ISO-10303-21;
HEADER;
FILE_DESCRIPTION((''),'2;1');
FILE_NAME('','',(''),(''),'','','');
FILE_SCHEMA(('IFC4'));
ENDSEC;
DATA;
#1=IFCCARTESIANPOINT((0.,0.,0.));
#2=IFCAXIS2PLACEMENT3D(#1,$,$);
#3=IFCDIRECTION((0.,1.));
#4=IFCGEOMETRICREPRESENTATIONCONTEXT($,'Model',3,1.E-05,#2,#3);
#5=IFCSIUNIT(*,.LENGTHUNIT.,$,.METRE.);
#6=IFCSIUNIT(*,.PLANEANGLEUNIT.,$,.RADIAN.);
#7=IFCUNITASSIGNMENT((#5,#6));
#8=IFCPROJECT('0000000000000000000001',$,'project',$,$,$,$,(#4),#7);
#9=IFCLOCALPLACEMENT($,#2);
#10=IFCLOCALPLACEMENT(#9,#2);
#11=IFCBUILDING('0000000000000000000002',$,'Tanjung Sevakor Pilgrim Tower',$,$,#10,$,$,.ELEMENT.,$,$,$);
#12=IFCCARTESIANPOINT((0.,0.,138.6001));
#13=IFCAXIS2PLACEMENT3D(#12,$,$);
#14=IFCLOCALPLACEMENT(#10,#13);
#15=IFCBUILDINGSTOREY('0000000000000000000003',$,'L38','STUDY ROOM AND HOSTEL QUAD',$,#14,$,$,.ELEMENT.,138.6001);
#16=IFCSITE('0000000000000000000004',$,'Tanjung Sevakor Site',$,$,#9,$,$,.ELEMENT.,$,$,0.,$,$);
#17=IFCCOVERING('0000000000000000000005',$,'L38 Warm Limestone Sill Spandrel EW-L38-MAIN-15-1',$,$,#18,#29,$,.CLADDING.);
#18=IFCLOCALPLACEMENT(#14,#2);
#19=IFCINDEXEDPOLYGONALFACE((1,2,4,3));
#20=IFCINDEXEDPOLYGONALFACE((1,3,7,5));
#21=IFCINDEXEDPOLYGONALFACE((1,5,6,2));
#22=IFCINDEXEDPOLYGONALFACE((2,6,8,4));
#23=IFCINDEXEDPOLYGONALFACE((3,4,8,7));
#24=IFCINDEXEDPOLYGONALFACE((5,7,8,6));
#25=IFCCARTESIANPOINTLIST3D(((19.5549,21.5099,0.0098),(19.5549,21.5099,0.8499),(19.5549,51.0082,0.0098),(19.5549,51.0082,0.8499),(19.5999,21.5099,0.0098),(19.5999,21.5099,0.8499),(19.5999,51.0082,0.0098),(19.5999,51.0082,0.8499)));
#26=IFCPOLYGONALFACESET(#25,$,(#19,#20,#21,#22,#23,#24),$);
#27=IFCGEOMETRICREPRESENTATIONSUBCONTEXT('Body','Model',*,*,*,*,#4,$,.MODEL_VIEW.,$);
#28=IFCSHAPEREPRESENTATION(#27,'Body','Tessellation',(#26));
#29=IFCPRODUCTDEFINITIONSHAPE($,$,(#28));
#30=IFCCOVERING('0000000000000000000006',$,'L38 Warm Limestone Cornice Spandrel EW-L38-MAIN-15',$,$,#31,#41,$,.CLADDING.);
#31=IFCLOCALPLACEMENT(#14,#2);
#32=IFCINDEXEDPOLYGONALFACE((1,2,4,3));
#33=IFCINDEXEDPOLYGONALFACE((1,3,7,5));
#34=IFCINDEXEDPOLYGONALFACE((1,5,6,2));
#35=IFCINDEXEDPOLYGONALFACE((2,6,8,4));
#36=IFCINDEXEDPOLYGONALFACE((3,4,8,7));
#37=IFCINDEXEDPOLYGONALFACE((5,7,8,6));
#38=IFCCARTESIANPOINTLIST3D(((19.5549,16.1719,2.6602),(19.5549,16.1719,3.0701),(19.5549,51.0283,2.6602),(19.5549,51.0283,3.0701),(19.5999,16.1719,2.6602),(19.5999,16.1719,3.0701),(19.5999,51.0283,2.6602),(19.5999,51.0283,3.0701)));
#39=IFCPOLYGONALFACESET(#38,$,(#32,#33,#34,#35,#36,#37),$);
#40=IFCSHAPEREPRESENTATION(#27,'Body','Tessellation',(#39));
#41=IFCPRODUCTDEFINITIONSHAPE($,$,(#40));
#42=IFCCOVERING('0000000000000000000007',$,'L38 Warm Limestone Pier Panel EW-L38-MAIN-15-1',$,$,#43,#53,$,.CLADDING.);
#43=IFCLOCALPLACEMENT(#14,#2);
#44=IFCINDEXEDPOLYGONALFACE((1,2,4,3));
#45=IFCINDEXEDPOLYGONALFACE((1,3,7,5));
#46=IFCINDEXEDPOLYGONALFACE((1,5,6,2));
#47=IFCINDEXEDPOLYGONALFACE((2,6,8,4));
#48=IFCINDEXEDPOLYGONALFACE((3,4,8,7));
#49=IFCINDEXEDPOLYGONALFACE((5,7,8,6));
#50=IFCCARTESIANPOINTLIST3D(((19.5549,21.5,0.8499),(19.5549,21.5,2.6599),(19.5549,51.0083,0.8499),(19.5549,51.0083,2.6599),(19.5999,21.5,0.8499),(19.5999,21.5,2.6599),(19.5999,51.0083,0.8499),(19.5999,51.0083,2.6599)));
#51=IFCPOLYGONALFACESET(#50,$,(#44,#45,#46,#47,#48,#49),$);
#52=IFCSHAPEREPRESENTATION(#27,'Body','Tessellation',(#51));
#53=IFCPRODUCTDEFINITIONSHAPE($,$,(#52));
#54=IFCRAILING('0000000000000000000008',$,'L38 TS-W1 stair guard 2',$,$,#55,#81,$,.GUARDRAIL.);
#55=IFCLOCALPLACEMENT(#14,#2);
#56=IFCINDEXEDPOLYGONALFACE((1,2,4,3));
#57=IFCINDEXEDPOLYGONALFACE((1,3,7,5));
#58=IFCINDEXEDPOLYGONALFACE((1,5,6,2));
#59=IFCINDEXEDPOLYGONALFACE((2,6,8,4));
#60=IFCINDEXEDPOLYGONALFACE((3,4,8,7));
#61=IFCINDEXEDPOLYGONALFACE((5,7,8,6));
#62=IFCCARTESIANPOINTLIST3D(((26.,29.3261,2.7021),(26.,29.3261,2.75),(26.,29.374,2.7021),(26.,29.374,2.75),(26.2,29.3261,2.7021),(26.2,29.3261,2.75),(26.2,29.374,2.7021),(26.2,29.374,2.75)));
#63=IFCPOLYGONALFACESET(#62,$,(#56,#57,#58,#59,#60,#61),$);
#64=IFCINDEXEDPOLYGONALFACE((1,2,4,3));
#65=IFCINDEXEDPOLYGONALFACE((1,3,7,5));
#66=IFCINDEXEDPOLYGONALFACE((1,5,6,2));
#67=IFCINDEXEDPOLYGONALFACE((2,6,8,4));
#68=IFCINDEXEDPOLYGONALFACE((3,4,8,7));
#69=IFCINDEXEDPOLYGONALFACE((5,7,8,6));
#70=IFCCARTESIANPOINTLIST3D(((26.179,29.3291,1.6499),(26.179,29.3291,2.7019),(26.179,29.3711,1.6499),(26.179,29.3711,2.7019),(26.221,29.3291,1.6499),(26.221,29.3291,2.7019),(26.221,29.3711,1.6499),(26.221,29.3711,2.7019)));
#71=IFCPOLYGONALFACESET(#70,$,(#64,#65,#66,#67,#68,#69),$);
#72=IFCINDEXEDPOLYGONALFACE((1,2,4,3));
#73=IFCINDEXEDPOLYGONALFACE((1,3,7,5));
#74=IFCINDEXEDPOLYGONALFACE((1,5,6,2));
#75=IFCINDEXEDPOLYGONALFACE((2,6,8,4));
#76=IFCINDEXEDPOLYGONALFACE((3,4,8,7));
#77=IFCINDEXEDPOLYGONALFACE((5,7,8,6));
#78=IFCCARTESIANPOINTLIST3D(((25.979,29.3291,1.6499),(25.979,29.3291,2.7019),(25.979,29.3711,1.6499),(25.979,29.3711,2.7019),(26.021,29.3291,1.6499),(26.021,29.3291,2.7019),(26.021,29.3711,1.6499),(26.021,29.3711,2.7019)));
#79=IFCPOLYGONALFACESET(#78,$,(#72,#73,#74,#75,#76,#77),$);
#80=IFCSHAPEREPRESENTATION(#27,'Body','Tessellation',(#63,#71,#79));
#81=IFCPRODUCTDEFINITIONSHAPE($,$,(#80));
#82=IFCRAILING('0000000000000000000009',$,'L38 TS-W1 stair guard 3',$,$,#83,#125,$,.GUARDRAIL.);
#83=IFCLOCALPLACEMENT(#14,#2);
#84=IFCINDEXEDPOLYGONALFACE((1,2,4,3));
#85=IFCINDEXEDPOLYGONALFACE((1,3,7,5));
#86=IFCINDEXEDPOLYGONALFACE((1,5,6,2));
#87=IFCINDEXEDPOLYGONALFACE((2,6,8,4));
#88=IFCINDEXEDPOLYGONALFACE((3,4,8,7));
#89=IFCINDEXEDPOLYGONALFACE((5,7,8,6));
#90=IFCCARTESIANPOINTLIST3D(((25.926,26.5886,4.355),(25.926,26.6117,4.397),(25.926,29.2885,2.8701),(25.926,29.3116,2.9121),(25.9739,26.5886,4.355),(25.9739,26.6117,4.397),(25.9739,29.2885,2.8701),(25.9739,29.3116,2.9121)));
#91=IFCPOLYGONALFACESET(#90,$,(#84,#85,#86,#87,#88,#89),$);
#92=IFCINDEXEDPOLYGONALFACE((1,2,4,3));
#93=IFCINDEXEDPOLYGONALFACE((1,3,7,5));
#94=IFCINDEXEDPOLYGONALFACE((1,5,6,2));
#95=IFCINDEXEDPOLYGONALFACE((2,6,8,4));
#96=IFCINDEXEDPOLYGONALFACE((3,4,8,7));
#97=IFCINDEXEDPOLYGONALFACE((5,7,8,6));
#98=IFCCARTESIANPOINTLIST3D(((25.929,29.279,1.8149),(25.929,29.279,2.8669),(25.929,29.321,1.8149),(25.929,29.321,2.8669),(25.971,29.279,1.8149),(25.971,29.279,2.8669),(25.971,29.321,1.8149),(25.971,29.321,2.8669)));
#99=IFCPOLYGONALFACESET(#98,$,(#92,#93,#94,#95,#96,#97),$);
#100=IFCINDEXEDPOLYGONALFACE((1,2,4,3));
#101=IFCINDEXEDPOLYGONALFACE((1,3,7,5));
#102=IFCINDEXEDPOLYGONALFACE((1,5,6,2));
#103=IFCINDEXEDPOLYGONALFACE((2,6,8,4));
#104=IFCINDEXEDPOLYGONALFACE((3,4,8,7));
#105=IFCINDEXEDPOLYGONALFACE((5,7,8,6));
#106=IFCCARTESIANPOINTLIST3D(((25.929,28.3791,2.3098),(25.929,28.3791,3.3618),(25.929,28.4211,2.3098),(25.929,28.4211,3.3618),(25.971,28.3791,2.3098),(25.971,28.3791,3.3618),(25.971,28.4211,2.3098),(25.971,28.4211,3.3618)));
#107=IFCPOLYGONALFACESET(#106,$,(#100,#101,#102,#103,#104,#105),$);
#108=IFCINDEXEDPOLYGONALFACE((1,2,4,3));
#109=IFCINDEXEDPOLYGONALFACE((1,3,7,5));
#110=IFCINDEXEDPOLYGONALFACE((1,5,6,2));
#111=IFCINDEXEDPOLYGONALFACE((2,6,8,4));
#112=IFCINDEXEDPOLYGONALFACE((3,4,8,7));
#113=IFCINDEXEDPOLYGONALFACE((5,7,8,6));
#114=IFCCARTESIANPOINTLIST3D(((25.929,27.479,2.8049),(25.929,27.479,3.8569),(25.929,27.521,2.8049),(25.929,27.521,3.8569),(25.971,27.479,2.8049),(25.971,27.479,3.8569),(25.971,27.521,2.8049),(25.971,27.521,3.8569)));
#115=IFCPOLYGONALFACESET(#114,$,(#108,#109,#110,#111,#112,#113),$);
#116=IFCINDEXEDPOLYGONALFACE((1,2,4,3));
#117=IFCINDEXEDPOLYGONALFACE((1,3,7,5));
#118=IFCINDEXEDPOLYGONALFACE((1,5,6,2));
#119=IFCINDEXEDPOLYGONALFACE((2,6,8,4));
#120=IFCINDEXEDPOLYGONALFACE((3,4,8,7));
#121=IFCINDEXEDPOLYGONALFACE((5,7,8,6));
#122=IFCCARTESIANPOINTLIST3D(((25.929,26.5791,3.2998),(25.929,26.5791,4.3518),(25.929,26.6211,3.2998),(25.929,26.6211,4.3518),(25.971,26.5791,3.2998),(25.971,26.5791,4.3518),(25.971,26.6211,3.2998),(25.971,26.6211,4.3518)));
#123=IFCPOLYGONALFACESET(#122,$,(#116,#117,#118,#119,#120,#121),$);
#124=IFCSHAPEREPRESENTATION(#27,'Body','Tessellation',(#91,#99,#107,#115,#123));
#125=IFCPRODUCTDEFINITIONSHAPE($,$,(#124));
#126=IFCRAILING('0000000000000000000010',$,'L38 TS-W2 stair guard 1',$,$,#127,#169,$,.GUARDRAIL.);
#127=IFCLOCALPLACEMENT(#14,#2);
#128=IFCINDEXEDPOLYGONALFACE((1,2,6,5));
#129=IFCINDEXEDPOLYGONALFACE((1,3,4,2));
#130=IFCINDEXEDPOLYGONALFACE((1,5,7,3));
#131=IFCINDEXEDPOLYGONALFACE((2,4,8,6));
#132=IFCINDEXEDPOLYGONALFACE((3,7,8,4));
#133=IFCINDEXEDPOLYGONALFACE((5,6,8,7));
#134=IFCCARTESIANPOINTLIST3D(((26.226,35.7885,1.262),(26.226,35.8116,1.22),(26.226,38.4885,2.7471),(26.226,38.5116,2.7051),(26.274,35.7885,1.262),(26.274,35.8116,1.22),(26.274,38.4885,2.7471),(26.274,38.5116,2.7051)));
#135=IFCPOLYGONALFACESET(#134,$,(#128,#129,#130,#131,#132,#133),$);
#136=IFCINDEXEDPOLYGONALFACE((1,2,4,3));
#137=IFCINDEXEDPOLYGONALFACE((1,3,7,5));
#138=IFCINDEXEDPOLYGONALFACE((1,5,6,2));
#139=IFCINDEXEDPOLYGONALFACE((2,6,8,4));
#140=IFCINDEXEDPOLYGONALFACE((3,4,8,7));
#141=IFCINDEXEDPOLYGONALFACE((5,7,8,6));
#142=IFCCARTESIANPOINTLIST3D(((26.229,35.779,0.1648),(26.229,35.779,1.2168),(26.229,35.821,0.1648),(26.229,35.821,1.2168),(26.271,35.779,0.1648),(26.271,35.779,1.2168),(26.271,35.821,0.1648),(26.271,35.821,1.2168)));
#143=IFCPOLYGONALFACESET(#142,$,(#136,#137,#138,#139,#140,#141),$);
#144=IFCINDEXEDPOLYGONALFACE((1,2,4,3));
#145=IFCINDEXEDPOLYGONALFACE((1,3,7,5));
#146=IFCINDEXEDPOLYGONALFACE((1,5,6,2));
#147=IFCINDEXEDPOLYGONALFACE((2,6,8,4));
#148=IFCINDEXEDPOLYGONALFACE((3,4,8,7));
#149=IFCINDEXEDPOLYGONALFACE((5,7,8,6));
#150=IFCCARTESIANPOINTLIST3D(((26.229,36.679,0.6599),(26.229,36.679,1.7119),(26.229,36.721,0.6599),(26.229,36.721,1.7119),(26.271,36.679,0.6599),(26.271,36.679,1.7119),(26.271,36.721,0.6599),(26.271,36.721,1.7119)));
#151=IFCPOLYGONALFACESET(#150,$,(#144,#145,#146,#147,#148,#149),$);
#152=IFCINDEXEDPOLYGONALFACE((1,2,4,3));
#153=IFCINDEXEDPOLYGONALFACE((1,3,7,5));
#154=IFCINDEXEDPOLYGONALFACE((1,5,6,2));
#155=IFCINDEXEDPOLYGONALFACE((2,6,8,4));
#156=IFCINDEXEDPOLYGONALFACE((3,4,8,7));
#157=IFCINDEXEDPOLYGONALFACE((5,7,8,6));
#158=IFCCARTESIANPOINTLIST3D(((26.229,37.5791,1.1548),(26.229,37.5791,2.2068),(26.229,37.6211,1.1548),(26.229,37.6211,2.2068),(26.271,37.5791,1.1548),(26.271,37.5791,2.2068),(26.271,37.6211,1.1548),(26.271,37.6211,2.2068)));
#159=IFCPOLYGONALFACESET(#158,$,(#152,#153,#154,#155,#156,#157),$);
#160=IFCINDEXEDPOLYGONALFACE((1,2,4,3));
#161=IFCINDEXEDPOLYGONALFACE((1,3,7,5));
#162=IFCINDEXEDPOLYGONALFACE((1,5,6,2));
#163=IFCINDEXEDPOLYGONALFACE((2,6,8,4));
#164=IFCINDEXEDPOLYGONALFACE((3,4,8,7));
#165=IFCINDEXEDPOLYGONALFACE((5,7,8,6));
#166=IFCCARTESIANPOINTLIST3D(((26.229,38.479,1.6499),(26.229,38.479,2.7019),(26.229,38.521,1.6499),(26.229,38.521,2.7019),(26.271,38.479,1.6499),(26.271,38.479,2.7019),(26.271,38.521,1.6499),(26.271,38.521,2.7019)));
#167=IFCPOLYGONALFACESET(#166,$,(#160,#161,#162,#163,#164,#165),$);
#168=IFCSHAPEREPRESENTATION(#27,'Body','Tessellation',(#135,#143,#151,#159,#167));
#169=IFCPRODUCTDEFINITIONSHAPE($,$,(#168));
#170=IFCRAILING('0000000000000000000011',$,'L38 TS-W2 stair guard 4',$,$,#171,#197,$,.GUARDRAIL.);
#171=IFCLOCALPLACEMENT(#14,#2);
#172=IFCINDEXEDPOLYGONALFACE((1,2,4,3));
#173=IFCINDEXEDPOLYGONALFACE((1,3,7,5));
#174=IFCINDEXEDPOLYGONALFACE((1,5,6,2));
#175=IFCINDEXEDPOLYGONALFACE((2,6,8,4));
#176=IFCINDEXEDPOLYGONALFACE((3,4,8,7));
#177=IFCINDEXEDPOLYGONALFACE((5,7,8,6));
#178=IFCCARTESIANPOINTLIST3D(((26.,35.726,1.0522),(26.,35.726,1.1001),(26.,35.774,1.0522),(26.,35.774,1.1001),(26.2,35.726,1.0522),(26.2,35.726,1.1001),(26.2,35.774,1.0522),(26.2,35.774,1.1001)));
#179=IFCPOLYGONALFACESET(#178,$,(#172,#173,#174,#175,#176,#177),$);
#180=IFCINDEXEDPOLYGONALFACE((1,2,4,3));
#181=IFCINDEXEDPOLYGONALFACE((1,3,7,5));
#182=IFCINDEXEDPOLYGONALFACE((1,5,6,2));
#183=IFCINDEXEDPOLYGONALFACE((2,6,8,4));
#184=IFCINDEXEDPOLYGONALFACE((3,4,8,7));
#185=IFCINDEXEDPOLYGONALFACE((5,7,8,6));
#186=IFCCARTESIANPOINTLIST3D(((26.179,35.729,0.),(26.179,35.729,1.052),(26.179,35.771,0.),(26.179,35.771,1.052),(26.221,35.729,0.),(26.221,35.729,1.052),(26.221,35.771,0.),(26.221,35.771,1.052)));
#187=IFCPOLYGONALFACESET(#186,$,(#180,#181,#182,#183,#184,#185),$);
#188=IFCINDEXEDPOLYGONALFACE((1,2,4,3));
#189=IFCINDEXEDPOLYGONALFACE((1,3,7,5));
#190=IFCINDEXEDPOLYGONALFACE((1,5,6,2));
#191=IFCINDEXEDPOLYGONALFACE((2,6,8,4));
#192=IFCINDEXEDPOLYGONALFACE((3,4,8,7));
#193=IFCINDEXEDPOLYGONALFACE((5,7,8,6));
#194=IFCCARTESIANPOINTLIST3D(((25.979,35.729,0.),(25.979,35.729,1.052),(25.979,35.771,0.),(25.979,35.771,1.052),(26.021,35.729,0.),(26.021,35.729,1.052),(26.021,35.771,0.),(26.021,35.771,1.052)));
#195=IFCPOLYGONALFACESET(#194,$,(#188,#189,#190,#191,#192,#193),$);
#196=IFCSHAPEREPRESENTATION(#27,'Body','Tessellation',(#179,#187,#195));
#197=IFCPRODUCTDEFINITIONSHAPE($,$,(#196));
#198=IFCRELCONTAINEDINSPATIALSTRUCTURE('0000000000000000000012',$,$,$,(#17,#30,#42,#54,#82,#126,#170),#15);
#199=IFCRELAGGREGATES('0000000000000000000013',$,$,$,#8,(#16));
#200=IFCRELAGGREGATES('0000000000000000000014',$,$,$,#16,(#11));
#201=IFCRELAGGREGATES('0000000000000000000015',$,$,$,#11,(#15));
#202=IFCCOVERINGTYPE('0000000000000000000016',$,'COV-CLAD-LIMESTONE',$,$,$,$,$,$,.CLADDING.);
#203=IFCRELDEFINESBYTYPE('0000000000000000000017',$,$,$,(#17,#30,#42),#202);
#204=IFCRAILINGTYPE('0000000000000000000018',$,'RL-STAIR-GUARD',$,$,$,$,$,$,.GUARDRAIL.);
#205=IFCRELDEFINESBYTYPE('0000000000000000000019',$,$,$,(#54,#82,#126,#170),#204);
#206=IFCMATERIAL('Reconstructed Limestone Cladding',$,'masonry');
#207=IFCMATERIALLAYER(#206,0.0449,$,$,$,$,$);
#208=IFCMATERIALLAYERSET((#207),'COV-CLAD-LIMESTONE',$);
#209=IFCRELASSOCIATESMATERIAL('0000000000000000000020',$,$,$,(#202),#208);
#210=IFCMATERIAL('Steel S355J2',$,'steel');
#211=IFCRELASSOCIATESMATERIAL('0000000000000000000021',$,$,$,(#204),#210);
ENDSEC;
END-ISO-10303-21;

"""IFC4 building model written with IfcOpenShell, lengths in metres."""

from ifc_helpers import new_model, si_unit, direction, frame, origin, origin_2d, place, context, subcontext, project, spatial, rectangle, extrude, material, layer, layer_set, type_object, element, save


model = new_model("IFC4")

# Units and contexts
model_context = context("Model", 3, precision=1e-05, world=origin(), true_north=direction((0.0, 1.0)))
body_context = subcontext(model_context, "Body", "Model", "MODEL_VIEW")
ifc_project = project(units=[si_unit("LENGTHUNIT", "METRE"), si_unit("PLANEANGLEUNIT", "RADIAN")], contexts=[model_context])

# Site, building, storey
site_placement = place(None, origin())
site = spatial("IfcSite", under=ifc_project, at=site_placement, Name="Tanjung Sevakor Site", CompositionType="ELEMENT", RefElevation=0.0)
building_placement = place(site_placement, origin())
building = spatial("IfcBuilding", under=site, at=building_placement, Name="Tanjung Sevakor Pilgrim Tower", CompositionType="ELEMENT")
storey_placement = place(building_placement, frame((0.0, 0.0, 138.6001)))
storey = spatial("IfcBuildingStorey", under=building, at=storey_placement, Name="L38", Description="STUDY ROOM AND HOSTEL QUAD", CompositionType="ELEMENT", Elevation=138.6001)

# Coverings
ifc_material_1 = material(Name="Reconstructed Limestone Cladding", Category="masonry")
ifc_layer_1 = layer(ifc_material_1, 0.0449)
ifc_layer_set_1 = layer_set([ifc_layer_1], Name="COV-CLAD-LIMESTONE")
covering_type = type_object("IfcCoveringType", Name="COV-CLAD-LIMESTONE", PredefinedType="CLADDING", material=ifc_layer_set_1)
covering_1_placement = place(storey_placement, frame((19.5774, 36.259, 0.0098), z_axis=(0.0, 0.0, 1.0), x_axis=(0.0, -1.0, 0.0)))
element("IfcCovering", 1, at=covering_1_placement, inside=storey, type_object=covering_type, Name="L38 Warm Limestone Sill Spandrel EW-L38-MAIN-15-1", PredefinedType="CLADDING", context=body_context, shape_type="SweptSolid", body=[
    extrude(rectangle(XDim=29.4983, YDim=0.0449, at=origin_2d()), origin(), (0.0, 0.0, 1.0), 0.8401),
])
covering_2_placement = place(storey_placement, frame((19.5774, 33.6001, 2.6602), z_axis=(0.0, 0.0, 1.0), x_axis=(0.0, -1.0, 0.0)))
element("IfcCovering", 2, at=covering_2_placement, inside=storey, type_object=covering_type, Name="L38 Warm Limestone Cornice Spandrel EW-L38-MAIN-15", PredefinedType="CLADDING", context=body_context, shape_type="SweptSolid", body=[
    extrude(rectangle(XDim=34.8564, YDim=0.0449, at=origin_2d()), origin(), (0.0, 0.0, 1.0), 0.4099),
])
covering_3_placement = place(storey_placement, frame((19.5774, 36.2542, 0.8499), z_axis=(0.0, 0.0, 1.0), x_axis=(0.0, -1.0, 0.0)))
element("IfcCovering", 3, at=covering_3_placement, inside=storey, type_object=covering_type, Name="L38 Warm Limestone Pier Panel EW-L38-MAIN-15-1", PredefinedType="CLADDING", context=body_context, shape_type="SweptSolid", body=[
    extrude(rectangle(XDim=29.5083, YDim=0.0449, at=origin_2d()), origin(), (0.0, 0.0, 1.0), 1.8101),
])

# Railings
ifc_material_2 = material(Name="Steel S355J2", Category="steel")
railing_type_1 = type_object("IfcRailingType", Name="RL-STAIR-GUARD", PredefinedType="GUARDRAIL", material=ifc_material_2)
railing_1_placement = place(storey_placement, frame((26.2, 29.3501, 1.6499)))
element("IfcRailing", 4, at=railing_1_placement, inside=storey, type_object=railing_type_1, Name="L38 TS-W1 stair guard 2", PredefinedType="GUARDRAIL", context=body_context, shape_type="SweptSolid", body=[
    extrude(rectangle(XDim=0.0479, YDim=0.0479), frame((0.0, 0.0, 1.0762), z_axis=(-1.0, 0.0, 0.0), x_axis=(0.0, -1.0, 0.0)), (0.0, 0.0, 1.0), 0.2),
    extrude(rectangle(XDim=0.042, YDim=0.042), origin(), (0.0, 0.0, 1.0), 1.052),
    extrude(rectangle(XDim=0.042, YDim=0.042), frame((-0.2, 0.0, 0.0)), (0.0, 0.0, 1.0), 1.052),
])
railing_2_placement = place(storey_placement, frame((25.95, 29.3, 1.8149)))
element("IfcRailing", 5, at=railing_2_placement, inside=storey, type_object=railing_type_1, Name="L38 TS-W1 stair guard 3", PredefinedType="GUARDRAIL", context=body_context, shape_type="SweptSolid", body=[
    extrude(rectangle(XDim=0.0479, YDim=0.0479), frame((0.0, 0.0, 1.0762), z_axis=(0.0, -0.876231, 0.481891), x_axis=(1.0, 0.0, 0.0)), (0.0, 0.0, 1.0), 3.0813),
    extrude(rectangle(XDim=0.042, YDim=0.042), origin(), (0.0, 0.0, 1.0), 1.052),
    extrude(rectangle(XDim=0.042, YDim=0.042), frame((0.0, -0.8999, 0.4949)), (0.0, 0.0, 1.0), 1.052),
    extrude(rectangle(XDim=0.042, YDim=0.042), frame((0.0, -1.8, 0.99)), (0.0, 0.0, 1.0), 1.052),
    extrude(rectangle(XDim=0.042, YDim=0.042), frame((0.0, -2.7, 1.4849)), (0.0, 0.0, 1.0), 1.052),
])
railing_3_placement = place(storey_placement, frame((26.25, 35.8, 0.1648)))
element("IfcRailing", 6, at=railing_3_placement, inside=storey, type_object=railing_type_1, Name="L38 TS-W2 stair guard 1", PredefinedType="GUARDRAIL", context=body_context, shape_type="SweptSolid", body=[
    extrude(rectangle(XDim=0.0479, YDim=0.0479), frame((0.0, 0.0, 1.0762), z_axis=(0.0, 0.876198, 0.481952), x_axis=(-1.0, 0.0, 0.0)), (0.0, 0.0, 1.0), 3.0815),
    extrude(rectangle(XDim=0.042, YDim=0.042), origin(), (0.0, 0.0, 1.0), 1.052),
    extrude(rectangle(XDim=0.042, YDim=0.042), frame((0.0, 0.8999, 0.4951)), (0.0, 0.0, 1.0), 1.052),
    extrude(rectangle(XDim=0.042, YDim=0.042), frame((0.0, 1.8, 0.99)), (0.0, 0.0, 1.0), 1.052),
    extrude(rectangle(XDim=0.042, YDim=0.042), frame((0.0, 2.7, 1.4851)), (0.0, 0.0, 1.0), 1.052),
])
railing_4_placement = place(storey_placement, frame((26.2, 35.75, 0.0)))
element("IfcRailing", 7, at=railing_4_placement, inside=storey, type_object=railing_type_1, Name="L38 TS-W2 stair guard 4", PredefinedType="GUARDRAIL", context=body_context, shape_type="SweptSolid", body=[
    extrude(rectangle(XDim=0.0479, YDim=0.0479), frame((0.0, 0.0, 1.0762), z_axis=(-1.0, 0.0, 0.0), x_axis=(0.0, -1.0, 0.0)), (0.0, 0.0, 1.0), 0.2),
    extrude(rectangle(XDim=0.042, YDim=0.042), origin(), (0.0, 0.0, 1.0), 1.052),
    extrude(rectangle(XDim=0.042, YDim=0.042), frame((-0.2, 0.0, 0.0)), (0.0, 0.0, 1.0), 1.052),
])

save(model, "model.ifc")
